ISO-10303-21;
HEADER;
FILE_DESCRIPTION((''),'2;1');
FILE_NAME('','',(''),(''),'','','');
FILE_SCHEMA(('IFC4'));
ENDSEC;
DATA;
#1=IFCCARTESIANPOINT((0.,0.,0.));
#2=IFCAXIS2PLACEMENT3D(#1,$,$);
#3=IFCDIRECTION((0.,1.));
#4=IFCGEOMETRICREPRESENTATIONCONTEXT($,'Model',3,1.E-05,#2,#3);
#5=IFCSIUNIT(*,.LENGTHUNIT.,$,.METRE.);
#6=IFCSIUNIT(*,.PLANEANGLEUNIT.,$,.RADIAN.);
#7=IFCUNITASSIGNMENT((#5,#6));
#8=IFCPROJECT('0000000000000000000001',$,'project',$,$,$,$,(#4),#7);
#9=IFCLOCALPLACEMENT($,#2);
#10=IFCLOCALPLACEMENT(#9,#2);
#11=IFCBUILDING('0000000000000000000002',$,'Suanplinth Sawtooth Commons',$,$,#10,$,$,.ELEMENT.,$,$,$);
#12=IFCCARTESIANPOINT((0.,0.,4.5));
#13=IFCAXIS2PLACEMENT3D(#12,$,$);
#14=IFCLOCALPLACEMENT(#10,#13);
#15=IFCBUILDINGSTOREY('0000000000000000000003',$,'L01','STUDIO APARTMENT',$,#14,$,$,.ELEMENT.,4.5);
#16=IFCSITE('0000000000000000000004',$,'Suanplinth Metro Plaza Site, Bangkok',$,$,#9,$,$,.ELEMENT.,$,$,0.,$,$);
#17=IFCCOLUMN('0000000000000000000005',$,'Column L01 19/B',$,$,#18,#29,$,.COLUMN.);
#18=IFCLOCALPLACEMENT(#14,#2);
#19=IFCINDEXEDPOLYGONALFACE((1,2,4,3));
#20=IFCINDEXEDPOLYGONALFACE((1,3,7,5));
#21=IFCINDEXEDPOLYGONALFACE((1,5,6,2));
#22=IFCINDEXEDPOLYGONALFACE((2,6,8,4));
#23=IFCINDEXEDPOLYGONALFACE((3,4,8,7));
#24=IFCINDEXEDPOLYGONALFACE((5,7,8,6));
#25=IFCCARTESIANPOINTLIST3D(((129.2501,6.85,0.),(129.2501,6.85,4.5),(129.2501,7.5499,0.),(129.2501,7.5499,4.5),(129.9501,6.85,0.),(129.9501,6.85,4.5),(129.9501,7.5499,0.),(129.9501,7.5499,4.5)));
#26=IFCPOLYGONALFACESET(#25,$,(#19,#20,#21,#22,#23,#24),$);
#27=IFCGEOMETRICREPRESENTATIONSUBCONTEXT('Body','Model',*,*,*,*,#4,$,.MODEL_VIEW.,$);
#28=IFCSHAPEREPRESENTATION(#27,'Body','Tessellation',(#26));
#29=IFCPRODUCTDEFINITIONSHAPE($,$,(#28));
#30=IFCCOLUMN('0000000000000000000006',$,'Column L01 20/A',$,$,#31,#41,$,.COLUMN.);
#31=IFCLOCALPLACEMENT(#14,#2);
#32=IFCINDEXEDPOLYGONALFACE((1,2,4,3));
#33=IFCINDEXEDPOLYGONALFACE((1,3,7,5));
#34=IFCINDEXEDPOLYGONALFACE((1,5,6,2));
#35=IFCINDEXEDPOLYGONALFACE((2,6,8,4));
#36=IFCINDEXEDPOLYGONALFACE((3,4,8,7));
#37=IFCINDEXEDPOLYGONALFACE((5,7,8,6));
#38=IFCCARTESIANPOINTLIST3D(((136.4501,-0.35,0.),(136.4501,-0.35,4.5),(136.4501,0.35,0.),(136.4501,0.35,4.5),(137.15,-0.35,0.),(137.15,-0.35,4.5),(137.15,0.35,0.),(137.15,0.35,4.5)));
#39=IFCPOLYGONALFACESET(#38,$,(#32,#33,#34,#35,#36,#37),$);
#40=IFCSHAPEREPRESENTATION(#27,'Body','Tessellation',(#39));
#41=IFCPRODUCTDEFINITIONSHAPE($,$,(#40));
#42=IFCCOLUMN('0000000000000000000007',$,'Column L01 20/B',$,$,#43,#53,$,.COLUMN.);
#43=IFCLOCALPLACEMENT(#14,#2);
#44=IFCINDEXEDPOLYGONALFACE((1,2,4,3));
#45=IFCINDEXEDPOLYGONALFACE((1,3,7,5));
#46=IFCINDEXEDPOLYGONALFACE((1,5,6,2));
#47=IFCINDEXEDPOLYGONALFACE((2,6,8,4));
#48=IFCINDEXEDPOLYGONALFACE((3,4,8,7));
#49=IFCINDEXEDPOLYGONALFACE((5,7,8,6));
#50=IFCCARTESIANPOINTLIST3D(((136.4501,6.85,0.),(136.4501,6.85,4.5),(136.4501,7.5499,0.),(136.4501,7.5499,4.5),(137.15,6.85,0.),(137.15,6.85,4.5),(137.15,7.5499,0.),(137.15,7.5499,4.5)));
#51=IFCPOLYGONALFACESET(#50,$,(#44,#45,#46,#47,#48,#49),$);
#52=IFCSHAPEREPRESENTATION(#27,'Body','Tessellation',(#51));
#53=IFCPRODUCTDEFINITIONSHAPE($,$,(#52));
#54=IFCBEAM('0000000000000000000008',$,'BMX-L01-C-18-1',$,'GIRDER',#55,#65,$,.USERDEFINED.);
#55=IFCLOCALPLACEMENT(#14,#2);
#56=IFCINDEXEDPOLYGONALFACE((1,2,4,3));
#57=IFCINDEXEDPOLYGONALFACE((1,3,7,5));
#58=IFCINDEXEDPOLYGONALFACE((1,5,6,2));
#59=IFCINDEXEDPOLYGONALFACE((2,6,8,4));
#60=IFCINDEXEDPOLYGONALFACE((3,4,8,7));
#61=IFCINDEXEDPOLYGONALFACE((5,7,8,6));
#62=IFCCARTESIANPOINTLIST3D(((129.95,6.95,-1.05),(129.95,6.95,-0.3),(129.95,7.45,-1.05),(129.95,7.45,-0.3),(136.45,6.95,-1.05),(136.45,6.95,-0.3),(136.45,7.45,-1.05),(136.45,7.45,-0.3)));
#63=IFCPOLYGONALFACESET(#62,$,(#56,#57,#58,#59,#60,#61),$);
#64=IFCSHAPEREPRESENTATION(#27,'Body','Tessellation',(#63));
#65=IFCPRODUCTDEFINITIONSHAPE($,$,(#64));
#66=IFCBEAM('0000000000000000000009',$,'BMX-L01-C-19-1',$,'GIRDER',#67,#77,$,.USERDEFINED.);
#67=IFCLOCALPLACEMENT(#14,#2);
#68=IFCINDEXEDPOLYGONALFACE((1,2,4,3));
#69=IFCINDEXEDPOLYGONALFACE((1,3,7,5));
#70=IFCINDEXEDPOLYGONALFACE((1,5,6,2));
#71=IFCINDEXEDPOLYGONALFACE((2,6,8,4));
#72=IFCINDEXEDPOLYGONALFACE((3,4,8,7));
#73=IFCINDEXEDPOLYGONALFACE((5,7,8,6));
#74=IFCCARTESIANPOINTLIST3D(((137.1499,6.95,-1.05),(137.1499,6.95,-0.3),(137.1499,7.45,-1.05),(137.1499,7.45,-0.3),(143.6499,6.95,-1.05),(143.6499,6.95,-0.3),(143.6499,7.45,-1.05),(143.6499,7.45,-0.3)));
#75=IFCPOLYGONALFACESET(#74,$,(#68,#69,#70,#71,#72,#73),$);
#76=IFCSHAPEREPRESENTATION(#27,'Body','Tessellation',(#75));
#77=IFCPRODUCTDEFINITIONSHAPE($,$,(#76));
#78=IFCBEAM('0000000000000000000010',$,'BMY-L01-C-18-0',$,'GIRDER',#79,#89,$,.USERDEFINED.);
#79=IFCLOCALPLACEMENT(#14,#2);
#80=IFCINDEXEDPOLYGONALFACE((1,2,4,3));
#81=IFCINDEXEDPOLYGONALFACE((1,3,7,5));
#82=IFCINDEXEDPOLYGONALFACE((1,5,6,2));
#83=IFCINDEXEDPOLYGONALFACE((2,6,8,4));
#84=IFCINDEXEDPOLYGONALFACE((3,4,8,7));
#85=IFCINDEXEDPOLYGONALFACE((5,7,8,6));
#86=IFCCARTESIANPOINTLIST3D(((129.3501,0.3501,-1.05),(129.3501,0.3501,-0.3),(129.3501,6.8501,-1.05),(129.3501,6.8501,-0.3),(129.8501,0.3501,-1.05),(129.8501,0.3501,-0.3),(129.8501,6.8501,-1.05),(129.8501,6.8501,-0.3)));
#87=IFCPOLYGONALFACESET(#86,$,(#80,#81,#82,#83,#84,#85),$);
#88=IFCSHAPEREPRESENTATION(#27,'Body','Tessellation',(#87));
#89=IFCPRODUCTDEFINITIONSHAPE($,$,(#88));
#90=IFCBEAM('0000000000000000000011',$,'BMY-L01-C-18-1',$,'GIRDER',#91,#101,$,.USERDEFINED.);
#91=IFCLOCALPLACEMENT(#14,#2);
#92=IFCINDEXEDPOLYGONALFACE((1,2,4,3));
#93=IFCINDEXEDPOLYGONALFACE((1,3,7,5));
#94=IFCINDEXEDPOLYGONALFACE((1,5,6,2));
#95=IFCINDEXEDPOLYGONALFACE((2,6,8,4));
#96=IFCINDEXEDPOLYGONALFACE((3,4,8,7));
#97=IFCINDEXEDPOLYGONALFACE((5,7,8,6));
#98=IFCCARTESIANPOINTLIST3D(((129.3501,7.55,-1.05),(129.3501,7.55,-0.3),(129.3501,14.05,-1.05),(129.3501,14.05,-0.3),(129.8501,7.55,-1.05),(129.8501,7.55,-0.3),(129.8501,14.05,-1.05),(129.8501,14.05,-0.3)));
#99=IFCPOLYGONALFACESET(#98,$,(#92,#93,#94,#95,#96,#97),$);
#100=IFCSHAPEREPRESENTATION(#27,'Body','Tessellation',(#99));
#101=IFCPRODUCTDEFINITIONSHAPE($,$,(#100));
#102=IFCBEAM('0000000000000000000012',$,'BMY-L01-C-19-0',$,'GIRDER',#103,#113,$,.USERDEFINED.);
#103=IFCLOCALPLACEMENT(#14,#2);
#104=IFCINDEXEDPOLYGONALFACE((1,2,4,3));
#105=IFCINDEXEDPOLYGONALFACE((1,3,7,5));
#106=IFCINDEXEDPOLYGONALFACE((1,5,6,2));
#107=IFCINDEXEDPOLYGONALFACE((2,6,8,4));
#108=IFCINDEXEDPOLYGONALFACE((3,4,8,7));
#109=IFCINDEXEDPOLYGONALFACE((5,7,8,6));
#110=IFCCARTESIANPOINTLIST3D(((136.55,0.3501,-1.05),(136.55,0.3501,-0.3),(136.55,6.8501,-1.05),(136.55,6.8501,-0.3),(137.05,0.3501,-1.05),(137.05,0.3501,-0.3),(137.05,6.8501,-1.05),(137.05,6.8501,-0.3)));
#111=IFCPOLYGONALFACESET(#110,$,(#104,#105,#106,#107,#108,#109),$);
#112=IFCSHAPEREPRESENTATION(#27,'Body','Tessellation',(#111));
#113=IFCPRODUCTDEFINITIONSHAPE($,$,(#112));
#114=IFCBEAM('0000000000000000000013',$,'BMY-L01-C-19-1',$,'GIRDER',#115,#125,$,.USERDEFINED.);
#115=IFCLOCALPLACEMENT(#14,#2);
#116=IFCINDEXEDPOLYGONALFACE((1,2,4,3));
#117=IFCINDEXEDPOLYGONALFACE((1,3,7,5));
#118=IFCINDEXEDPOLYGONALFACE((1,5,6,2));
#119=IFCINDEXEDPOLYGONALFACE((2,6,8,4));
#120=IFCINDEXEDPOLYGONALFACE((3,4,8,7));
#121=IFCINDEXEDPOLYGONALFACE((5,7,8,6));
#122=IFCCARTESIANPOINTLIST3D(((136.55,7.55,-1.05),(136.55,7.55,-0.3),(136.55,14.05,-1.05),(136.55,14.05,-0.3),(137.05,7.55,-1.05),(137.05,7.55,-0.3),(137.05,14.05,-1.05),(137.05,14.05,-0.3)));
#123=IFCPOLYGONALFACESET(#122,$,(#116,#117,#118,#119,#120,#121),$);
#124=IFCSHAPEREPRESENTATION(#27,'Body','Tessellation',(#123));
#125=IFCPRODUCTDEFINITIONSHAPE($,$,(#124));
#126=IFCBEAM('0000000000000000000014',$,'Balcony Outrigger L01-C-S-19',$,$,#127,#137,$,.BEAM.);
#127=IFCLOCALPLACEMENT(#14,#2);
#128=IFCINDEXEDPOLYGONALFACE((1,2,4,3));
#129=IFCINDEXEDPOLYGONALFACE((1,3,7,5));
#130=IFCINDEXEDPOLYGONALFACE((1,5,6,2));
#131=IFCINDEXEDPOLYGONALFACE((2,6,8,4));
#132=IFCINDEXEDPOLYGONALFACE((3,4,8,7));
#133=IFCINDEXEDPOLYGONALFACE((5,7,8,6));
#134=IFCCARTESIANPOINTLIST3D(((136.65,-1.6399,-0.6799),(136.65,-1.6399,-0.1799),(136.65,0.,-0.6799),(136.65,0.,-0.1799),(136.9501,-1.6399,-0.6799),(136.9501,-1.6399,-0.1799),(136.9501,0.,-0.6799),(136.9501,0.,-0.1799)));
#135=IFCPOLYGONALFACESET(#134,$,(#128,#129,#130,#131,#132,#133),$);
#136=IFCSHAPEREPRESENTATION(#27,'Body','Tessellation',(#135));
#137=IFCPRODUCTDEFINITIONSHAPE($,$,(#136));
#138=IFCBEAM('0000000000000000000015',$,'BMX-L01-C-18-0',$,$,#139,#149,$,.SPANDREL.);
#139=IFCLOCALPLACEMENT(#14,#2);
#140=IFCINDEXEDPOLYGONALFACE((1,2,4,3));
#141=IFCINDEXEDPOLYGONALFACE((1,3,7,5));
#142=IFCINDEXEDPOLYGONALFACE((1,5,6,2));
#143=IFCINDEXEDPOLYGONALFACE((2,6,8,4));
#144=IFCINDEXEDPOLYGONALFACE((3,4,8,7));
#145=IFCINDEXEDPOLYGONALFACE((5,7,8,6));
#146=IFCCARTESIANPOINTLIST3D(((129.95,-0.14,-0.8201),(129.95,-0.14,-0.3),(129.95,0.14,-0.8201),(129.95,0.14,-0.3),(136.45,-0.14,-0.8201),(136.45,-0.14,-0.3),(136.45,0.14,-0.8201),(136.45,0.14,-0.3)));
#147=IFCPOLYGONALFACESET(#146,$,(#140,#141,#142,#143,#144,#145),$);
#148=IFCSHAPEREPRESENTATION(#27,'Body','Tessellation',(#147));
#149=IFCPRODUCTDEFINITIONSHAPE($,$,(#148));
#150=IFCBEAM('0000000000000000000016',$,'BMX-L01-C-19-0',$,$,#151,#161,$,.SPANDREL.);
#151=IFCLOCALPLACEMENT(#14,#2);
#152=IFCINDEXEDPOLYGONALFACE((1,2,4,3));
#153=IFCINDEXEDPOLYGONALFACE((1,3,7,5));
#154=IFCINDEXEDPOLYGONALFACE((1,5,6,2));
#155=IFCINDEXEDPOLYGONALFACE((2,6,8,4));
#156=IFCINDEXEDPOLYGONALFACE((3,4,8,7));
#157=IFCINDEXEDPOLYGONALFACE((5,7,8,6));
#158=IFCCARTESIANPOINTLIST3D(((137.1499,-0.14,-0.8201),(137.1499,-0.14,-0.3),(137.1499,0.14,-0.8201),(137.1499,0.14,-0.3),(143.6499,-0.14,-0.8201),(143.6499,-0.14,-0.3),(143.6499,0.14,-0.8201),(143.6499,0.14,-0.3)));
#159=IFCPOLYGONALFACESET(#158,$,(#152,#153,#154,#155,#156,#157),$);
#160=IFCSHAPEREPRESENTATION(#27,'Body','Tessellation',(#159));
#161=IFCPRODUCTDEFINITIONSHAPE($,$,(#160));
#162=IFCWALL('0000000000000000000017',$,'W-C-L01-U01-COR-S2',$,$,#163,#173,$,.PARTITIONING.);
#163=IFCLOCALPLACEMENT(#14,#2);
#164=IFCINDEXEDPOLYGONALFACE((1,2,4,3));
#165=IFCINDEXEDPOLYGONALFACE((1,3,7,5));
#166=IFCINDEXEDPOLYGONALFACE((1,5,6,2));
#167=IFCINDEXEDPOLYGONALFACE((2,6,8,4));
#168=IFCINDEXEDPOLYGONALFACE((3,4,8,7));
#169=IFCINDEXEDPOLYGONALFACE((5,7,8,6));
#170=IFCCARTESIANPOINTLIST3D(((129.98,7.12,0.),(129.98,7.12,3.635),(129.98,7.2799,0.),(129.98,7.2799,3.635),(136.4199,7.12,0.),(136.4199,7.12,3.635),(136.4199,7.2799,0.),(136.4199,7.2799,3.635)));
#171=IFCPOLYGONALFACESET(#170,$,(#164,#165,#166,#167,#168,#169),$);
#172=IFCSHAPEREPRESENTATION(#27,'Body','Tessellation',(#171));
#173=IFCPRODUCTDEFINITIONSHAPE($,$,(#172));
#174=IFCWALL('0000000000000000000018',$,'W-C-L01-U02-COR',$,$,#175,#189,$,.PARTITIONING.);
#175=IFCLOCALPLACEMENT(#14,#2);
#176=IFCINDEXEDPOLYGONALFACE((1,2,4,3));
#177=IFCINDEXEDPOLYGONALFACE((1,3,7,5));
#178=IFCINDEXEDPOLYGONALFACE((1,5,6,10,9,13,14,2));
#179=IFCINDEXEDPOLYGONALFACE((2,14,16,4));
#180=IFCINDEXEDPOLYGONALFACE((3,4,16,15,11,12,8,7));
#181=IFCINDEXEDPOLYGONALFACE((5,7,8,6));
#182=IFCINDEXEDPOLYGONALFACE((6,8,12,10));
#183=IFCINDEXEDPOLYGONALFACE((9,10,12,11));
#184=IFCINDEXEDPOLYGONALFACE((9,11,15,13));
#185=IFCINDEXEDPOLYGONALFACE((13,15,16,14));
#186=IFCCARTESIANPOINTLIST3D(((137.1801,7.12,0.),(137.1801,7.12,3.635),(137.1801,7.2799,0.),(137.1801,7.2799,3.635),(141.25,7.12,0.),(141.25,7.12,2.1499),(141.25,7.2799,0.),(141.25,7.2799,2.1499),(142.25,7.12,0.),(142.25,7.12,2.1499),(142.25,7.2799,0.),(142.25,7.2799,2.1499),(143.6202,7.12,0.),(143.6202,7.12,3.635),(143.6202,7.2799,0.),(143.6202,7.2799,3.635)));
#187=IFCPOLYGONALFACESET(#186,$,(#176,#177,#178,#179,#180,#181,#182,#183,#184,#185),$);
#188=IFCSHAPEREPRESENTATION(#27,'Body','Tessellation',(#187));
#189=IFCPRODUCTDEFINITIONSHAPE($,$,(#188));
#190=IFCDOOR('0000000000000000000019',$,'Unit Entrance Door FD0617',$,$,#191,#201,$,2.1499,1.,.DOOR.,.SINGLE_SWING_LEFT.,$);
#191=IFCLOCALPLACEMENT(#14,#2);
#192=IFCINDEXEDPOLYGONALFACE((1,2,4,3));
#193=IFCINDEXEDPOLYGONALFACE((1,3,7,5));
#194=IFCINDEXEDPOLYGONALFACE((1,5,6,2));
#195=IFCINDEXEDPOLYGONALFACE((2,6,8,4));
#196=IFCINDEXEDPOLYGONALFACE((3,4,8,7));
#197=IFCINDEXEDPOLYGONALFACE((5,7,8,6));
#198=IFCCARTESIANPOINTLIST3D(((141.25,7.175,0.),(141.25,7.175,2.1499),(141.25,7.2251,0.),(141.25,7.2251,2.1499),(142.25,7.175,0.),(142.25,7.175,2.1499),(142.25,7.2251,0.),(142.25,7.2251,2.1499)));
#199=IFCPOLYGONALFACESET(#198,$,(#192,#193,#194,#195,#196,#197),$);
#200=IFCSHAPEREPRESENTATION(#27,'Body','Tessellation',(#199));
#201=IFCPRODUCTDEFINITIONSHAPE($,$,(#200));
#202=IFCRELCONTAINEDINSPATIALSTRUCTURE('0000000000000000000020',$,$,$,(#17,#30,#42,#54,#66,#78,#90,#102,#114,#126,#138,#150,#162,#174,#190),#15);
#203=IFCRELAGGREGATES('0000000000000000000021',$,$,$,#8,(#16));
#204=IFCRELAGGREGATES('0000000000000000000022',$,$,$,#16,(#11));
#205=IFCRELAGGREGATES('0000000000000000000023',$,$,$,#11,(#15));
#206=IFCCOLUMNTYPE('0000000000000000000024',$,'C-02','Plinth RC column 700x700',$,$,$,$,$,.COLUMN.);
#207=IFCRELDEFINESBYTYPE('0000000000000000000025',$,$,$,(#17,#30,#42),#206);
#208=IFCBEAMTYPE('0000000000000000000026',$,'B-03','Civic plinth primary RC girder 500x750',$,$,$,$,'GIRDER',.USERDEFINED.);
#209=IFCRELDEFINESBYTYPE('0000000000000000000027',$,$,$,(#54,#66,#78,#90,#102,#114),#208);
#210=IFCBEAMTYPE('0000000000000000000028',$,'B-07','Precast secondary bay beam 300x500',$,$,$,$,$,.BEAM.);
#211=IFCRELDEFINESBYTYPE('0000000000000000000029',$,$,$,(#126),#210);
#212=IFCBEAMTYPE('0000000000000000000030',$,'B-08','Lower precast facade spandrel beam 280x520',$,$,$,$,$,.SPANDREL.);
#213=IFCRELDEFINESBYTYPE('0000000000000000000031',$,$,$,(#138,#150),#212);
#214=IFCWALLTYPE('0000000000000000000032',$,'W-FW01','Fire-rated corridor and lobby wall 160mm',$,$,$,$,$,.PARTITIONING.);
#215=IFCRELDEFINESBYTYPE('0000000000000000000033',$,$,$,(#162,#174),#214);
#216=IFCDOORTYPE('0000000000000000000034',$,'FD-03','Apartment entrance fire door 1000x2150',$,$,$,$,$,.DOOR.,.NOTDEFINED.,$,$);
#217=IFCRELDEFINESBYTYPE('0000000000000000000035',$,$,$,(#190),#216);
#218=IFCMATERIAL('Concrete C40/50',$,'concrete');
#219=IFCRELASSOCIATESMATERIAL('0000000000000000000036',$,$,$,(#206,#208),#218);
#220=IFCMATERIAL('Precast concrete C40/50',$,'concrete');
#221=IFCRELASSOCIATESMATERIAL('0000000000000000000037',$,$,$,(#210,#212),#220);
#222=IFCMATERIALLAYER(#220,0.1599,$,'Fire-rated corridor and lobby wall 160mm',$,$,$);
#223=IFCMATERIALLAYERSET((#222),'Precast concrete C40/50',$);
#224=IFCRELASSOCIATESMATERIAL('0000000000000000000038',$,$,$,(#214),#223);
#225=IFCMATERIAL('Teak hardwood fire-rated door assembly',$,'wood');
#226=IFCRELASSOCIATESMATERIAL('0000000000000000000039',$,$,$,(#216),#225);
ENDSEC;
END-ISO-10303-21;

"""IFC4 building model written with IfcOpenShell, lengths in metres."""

from ifc_helpers import new_model, si_unit, direction, frame, frame_2d, origin, origin_2d, place, context, subcontext, project, spatial, rectangle, extrude, material, layer, layer_set, material_profile, profile_set, type_object, element, fill, save


model = new_model("IFC4")

# Units and contexts
model_context = context("Model", 3, precision=1e-05, world=origin(), true_north=direction((0.0, 1.0)))
body_context = subcontext(model_context, "Body", "Model", "MODEL_VIEW")
ifc_project = project(units=[si_unit("LENGTHUNIT", "METRE"), si_unit("PLANEANGLEUNIT", "RADIAN")], contexts=[model_context])

# Site, building, storey
site_placement = place(None, origin())
site = spatial("IfcSite", under=ifc_project, at=site_placement, Name="Suanplinth Metro Plaza Site, Bangkok", CompositionType="ELEMENT", RefElevation=0.0)
building_placement = place(site_placement, origin())
building = spatial("IfcBuilding", under=site, at=building_placement, Name="Suanplinth Sawtooth Commons", CompositionType="ELEMENT")
storey_placement = place(building_placement, frame((0.0, 0.0, 4.5)))
storey = spatial("IfcBuildingStorey", under=building, at=storey_placement, Name="L01", Description="STUDIO APARTMENT", CompositionType="ELEMENT", Elevation=4.5)

# Columns
ifc_material_1 = material(Name="Concrete C40/50", Category="concrete")
ifc_material_profile_1 = material_profile(ifc_material_1, rectangle(XDim=0.7, YDim=0.7, at=origin_2d()), Name="RC-COL 700x700")
ifc_profile_set_1 = profile_set([ifc_material_profile_1], Name="Concrete C40/50")
column_type = type_object("IfcColumnType", Name="C-02", Description="Plinth RC column 700x700", PredefinedType="COLUMN", material=ifc_profile_set_1)
for number, where, z_axis, x_axis, name in (
    (1, (129.6001, 7.2, 0.0), (0.0, 0.0, 1.0), (1.0, 0.0, 0.0), "Column L01 19/B"),
    (2, (136.8, 0.0, 0.0), (0.0, 0.0, 1.0), (1.0, 0.0, 0.0), "Column L01 20/A"),
    (3, (136.8, 7.2, 0.0), (0.0, 0.0, 1.0), (1.0, 0.0, 0.0), "Column L01 20/B"),
):
    element("IfcColumn", number, at=place(storey_placement, frame(where, z_axis=z_axis, x_axis=x_axis)), inside=storey, type_object=column_type, Name=name, PredefinedType="COLUMN", context=body_context, shape_type="SweptSolid", body=[
        extrude(rectangle(XDim=0.7, YDim=0.7, at=origin_2d()), origin(), (0.0, 0.0, 1.0), 4.5),
    ])

# Beams
ifc_material_profile_2 = material_profile(ifc_material_1, rectangle(XDim=0.5, YDim=0.75, at=origin_2d()), Name="RC-GDR 500x750")
ifc_profile_set_2 = profile_set([ifc_material_profile_2], Name="Concrete C40/50")
beam_type_1 = type_object("IfcBeamType", Name="B-03", Description="Civic plinth primary RC girder 500x750", ElementType="GIRDER", PredefinedType="USERDEFINED", material=ifc_profile_set_2)
for number, where, z_axis, x_axis, name in (
    (4, (129.95, 7.2, -0.675), (1.0, 0.0, 0.0), (0.0, 1.0, 0.0), "BMX-L01-C-18-1"),
    (5, (137.1499, 7.2, -0.675), (1.0, 0.0, 0.0), (0.0, 1.0, 0.0), "BMX-L01-C-19-1"),
    (6, (129.6001, 0.3501, -0.675), (0.0, 1.0, 0.0), (-1.0, 0.0, 0.0), "BMY-L01-C-18-0"),
    (7, (129.6001, 7.55, -0.675), (0.0, 1.0, 0.0), (-1.0, 0.0, 0.0), "BMY-L01-C-18-1"),
    (8, (136.8, 0.3501, -0.675), (0.0, 1.0, 0.0), (-1.0, 0.0, 0.0), "BMY-L01-C-19-0"),
    (9, (136.8, 7.55, -0.675), (0.0, 1.0, 0.0), (-1.0, 0.0, 0.0), "BMY-L01-C-19-1"),
):
    element("IfcBeam", number, at=place(storey_placement, frame(where, z_axis=z_axis, x_axis=x_axis)), inside=storey, type_object=beam_type_1, Name=name, ObjectType="GIRDER", PredefinedType="USERDEFINED", context=body_context, shape_type="SweptSolid", body=[
        extrude(rectangle(XDim=0.5, YDim=0.75, at=origin_2d()), origin(), (0.0, 0.0, 1.0), 6.5),
    ])
ifc_material_2 = material(Name="Precast concrete C40/50", Category="concrete")
ifc_material_profile_3 = material_profile(ifc_material_2, rectangle(XDim=0.3, YDim=0.5, at=origin_2d()), Name="PC-BM 300x500")
ifc_profile_set_3 = profile_set([ifc_material_profile_3], Name="Precast concrete C40/50")
beam_type_2 = type_object("IfcBeamType", Name="B-07", Description="Precast secondary bay beam 300x500", PredefinedType="BEAM", material=ifc_profile_set_3)
beam_placement = place(storey_placement, frame((136.8, 0.0, -0.4299), z_axis=(0.0, -1.0, 0.0), x_axis=(1.0, 0.0, 0.0)))
element("IfcBeam", 10, at=beam_placement, inside=storey, type_object=beam_type_2, Name="Balcony Outrigger L01-C-S-19", PredefinedType="BEAM", context=body_context, shape_type="SweptSolid", body=[
    extrude(rectangle(XDim=0.3, YDim=0.5, at=origin_2d()), origin(), (0.0, 0.0, 1.0), 1.6399),
])
ifc_material_profile_4 = material_profile(ifc_material_2, rectangle(XDim=0.28, YDim=0.52, at=origin_2d()), Name="PC-SP 280x520")
ifc_profile_set_4 = profile_set([ifc_material_profile_4], Name="Precast concrete C40/50")
beam_type_3 = type_object("IfcBeamType", Name="B-08", Description="Lower precast facade spandrel beam 280x520", PredefinedType="SPANDREL", material=ifc_profile_set_4)
for number, where, z_axis, x_axis, name in (
    (11, (129.95, 0.0, -0.5601), (1.0, 0.0, 0.0), (0.0, 1.0, 0.0), "BMX-L01-C-18-0"),
    (12, (137.1499, 0.0, -0.5601), (1.0, 0.0, 0.0), (0.0, 1.0, 0.0), "BMX-L01-C-19-0"),
):
    element("IfcBeam", number, at=place(storey_placement, frame(where, z_axis=z_axis, x_axis=x_axis)), inside=storey, type_object=beam_type_3, Name=name, PredefinedType="SPANDREL", context=body_context, shape_type="SweptSolid", body=[
        extrude(rectangle(XDim=0.28, YDim=0.52, at=origin_2d()), origin(), (0.0, 0.0, 1.0), 6.5),
    ])

# Wall
ifc_layer_1 = layer(ifc_material_2, 0.1599, Name="Fire-rated corridor and lobby wall 160mm")
ifc_layer_set_1 = layer_set([ifc_layer_1], Name="Precast concrete C40/50")
wall_type_1 = type_object("IfcWallType", Name="W-FW01", Description="Fire-rated corridor and lobby wall 160mm", PredefinedType="PARTITIONING", material=ifc_layer_set_1)
wall_1_placement = place(storey_placement, frame((129.98, 7.2, 0.0), z_axis=(0.0, 0.0, 1.0), x_axis=(1.0, 0.0, 0.0)))
element("IfcWall", 13, at=wall_1_placement, inside=storey, type_object=wall_type_1, Name="W-C-L01-U01-COR-S2", PredefinedType="PARTITIONING", context=body_context, shape_type="SweptSolid", body=[
    extrude(rectangle(XDim=6.4399, YDim=0.1599, at=frame_2d((3.22, 0.0))), origin(), (0.0, 0.0, 1.0), 3.635),
])

# Wall, opening, door
wall_2_placement = place(storey_placement, frame((137.1799, 7.2, 0.0), z_axis=(0.0, 0.0, 1.0), x_axis=(1.0, 0.0, 0.0)))
wall_2 = element("IfcWall", 14, at=wall_2_placement, inside=storey, type_object=wall_type_1, Name="W-C-L01-U02-COR", PredefinedType="PARTITIONING", context=body_context, shape_type="SweptSolid", body=[
    extrude(rectangle(XDim=6.4402, YDim=0.1599, at=frame_2d((3.2202, 0.0))), origin(), (0.0, 0.0, 1.0), 3.635),
])
opening_1_placement = place(wall_2_placement, frame((4.0701, 0.0, 0.0)))
opening_1 = element("IfcOpeningElement", 15, at=opening_1_placement, cuts=wall_2, PredefinedType="OPENING", context=body_context, shape_type="SweptSolid", body=[
    extrude(rectangle(XDim=1.0, YDim=2.1499, at=frame_2d((0.5, 1.075))), frame((0.0, 0.0947, 0.0), z_axis=(0.0, -1.0, 0.0), x_axis=(1.0, 0.0, 0.0)), (0.0, 0.0, 1.0), 0.1897),
])
ifc_material_3 = material(Name="Teak hardwood fire-rated door assembly", Category="wood")
door_type_1 = type_object("IfcDoorType", Name="FD-03", Description="Apartment entrance fire door 1000x2150", OperationType="NOTDEFINED", PredefinedType="DOOR", material=ifc_material_3)
door_1_placement = place(opening_1_placement, frame((1.0, 0.0, 0.0), z_axis=(0.0, 0.0, 1.0), x_axis=(-1.0, 0.0, 0.0)))
door_1 = element("IfcDoor", 16, at=door_1_placement, inside=storey, type_object=door_type_1, Name="Unit Entrance Door FD0617", OperationType="SINGLE_SWING_LEFT", OverallHeight=2.1499, OverallWidth=1.0, PredefinedType="DOOR", context=body_context, shape_type="SweptSolid", body=[
    extrude(rectangle(XDim=1.0, YDim=2.1499, at=frame_2d((0.5, 1.075))), frame((0.0, 0.0249, 0.0), z_axis=(0.0, -1.0, 0.0), x_axis=(1.0, 0.0, 0.0)), (0.0, 0.0, 1.0), 0.05),
])
fill(opening_1, door_1)

save(model, "model.ifc")
